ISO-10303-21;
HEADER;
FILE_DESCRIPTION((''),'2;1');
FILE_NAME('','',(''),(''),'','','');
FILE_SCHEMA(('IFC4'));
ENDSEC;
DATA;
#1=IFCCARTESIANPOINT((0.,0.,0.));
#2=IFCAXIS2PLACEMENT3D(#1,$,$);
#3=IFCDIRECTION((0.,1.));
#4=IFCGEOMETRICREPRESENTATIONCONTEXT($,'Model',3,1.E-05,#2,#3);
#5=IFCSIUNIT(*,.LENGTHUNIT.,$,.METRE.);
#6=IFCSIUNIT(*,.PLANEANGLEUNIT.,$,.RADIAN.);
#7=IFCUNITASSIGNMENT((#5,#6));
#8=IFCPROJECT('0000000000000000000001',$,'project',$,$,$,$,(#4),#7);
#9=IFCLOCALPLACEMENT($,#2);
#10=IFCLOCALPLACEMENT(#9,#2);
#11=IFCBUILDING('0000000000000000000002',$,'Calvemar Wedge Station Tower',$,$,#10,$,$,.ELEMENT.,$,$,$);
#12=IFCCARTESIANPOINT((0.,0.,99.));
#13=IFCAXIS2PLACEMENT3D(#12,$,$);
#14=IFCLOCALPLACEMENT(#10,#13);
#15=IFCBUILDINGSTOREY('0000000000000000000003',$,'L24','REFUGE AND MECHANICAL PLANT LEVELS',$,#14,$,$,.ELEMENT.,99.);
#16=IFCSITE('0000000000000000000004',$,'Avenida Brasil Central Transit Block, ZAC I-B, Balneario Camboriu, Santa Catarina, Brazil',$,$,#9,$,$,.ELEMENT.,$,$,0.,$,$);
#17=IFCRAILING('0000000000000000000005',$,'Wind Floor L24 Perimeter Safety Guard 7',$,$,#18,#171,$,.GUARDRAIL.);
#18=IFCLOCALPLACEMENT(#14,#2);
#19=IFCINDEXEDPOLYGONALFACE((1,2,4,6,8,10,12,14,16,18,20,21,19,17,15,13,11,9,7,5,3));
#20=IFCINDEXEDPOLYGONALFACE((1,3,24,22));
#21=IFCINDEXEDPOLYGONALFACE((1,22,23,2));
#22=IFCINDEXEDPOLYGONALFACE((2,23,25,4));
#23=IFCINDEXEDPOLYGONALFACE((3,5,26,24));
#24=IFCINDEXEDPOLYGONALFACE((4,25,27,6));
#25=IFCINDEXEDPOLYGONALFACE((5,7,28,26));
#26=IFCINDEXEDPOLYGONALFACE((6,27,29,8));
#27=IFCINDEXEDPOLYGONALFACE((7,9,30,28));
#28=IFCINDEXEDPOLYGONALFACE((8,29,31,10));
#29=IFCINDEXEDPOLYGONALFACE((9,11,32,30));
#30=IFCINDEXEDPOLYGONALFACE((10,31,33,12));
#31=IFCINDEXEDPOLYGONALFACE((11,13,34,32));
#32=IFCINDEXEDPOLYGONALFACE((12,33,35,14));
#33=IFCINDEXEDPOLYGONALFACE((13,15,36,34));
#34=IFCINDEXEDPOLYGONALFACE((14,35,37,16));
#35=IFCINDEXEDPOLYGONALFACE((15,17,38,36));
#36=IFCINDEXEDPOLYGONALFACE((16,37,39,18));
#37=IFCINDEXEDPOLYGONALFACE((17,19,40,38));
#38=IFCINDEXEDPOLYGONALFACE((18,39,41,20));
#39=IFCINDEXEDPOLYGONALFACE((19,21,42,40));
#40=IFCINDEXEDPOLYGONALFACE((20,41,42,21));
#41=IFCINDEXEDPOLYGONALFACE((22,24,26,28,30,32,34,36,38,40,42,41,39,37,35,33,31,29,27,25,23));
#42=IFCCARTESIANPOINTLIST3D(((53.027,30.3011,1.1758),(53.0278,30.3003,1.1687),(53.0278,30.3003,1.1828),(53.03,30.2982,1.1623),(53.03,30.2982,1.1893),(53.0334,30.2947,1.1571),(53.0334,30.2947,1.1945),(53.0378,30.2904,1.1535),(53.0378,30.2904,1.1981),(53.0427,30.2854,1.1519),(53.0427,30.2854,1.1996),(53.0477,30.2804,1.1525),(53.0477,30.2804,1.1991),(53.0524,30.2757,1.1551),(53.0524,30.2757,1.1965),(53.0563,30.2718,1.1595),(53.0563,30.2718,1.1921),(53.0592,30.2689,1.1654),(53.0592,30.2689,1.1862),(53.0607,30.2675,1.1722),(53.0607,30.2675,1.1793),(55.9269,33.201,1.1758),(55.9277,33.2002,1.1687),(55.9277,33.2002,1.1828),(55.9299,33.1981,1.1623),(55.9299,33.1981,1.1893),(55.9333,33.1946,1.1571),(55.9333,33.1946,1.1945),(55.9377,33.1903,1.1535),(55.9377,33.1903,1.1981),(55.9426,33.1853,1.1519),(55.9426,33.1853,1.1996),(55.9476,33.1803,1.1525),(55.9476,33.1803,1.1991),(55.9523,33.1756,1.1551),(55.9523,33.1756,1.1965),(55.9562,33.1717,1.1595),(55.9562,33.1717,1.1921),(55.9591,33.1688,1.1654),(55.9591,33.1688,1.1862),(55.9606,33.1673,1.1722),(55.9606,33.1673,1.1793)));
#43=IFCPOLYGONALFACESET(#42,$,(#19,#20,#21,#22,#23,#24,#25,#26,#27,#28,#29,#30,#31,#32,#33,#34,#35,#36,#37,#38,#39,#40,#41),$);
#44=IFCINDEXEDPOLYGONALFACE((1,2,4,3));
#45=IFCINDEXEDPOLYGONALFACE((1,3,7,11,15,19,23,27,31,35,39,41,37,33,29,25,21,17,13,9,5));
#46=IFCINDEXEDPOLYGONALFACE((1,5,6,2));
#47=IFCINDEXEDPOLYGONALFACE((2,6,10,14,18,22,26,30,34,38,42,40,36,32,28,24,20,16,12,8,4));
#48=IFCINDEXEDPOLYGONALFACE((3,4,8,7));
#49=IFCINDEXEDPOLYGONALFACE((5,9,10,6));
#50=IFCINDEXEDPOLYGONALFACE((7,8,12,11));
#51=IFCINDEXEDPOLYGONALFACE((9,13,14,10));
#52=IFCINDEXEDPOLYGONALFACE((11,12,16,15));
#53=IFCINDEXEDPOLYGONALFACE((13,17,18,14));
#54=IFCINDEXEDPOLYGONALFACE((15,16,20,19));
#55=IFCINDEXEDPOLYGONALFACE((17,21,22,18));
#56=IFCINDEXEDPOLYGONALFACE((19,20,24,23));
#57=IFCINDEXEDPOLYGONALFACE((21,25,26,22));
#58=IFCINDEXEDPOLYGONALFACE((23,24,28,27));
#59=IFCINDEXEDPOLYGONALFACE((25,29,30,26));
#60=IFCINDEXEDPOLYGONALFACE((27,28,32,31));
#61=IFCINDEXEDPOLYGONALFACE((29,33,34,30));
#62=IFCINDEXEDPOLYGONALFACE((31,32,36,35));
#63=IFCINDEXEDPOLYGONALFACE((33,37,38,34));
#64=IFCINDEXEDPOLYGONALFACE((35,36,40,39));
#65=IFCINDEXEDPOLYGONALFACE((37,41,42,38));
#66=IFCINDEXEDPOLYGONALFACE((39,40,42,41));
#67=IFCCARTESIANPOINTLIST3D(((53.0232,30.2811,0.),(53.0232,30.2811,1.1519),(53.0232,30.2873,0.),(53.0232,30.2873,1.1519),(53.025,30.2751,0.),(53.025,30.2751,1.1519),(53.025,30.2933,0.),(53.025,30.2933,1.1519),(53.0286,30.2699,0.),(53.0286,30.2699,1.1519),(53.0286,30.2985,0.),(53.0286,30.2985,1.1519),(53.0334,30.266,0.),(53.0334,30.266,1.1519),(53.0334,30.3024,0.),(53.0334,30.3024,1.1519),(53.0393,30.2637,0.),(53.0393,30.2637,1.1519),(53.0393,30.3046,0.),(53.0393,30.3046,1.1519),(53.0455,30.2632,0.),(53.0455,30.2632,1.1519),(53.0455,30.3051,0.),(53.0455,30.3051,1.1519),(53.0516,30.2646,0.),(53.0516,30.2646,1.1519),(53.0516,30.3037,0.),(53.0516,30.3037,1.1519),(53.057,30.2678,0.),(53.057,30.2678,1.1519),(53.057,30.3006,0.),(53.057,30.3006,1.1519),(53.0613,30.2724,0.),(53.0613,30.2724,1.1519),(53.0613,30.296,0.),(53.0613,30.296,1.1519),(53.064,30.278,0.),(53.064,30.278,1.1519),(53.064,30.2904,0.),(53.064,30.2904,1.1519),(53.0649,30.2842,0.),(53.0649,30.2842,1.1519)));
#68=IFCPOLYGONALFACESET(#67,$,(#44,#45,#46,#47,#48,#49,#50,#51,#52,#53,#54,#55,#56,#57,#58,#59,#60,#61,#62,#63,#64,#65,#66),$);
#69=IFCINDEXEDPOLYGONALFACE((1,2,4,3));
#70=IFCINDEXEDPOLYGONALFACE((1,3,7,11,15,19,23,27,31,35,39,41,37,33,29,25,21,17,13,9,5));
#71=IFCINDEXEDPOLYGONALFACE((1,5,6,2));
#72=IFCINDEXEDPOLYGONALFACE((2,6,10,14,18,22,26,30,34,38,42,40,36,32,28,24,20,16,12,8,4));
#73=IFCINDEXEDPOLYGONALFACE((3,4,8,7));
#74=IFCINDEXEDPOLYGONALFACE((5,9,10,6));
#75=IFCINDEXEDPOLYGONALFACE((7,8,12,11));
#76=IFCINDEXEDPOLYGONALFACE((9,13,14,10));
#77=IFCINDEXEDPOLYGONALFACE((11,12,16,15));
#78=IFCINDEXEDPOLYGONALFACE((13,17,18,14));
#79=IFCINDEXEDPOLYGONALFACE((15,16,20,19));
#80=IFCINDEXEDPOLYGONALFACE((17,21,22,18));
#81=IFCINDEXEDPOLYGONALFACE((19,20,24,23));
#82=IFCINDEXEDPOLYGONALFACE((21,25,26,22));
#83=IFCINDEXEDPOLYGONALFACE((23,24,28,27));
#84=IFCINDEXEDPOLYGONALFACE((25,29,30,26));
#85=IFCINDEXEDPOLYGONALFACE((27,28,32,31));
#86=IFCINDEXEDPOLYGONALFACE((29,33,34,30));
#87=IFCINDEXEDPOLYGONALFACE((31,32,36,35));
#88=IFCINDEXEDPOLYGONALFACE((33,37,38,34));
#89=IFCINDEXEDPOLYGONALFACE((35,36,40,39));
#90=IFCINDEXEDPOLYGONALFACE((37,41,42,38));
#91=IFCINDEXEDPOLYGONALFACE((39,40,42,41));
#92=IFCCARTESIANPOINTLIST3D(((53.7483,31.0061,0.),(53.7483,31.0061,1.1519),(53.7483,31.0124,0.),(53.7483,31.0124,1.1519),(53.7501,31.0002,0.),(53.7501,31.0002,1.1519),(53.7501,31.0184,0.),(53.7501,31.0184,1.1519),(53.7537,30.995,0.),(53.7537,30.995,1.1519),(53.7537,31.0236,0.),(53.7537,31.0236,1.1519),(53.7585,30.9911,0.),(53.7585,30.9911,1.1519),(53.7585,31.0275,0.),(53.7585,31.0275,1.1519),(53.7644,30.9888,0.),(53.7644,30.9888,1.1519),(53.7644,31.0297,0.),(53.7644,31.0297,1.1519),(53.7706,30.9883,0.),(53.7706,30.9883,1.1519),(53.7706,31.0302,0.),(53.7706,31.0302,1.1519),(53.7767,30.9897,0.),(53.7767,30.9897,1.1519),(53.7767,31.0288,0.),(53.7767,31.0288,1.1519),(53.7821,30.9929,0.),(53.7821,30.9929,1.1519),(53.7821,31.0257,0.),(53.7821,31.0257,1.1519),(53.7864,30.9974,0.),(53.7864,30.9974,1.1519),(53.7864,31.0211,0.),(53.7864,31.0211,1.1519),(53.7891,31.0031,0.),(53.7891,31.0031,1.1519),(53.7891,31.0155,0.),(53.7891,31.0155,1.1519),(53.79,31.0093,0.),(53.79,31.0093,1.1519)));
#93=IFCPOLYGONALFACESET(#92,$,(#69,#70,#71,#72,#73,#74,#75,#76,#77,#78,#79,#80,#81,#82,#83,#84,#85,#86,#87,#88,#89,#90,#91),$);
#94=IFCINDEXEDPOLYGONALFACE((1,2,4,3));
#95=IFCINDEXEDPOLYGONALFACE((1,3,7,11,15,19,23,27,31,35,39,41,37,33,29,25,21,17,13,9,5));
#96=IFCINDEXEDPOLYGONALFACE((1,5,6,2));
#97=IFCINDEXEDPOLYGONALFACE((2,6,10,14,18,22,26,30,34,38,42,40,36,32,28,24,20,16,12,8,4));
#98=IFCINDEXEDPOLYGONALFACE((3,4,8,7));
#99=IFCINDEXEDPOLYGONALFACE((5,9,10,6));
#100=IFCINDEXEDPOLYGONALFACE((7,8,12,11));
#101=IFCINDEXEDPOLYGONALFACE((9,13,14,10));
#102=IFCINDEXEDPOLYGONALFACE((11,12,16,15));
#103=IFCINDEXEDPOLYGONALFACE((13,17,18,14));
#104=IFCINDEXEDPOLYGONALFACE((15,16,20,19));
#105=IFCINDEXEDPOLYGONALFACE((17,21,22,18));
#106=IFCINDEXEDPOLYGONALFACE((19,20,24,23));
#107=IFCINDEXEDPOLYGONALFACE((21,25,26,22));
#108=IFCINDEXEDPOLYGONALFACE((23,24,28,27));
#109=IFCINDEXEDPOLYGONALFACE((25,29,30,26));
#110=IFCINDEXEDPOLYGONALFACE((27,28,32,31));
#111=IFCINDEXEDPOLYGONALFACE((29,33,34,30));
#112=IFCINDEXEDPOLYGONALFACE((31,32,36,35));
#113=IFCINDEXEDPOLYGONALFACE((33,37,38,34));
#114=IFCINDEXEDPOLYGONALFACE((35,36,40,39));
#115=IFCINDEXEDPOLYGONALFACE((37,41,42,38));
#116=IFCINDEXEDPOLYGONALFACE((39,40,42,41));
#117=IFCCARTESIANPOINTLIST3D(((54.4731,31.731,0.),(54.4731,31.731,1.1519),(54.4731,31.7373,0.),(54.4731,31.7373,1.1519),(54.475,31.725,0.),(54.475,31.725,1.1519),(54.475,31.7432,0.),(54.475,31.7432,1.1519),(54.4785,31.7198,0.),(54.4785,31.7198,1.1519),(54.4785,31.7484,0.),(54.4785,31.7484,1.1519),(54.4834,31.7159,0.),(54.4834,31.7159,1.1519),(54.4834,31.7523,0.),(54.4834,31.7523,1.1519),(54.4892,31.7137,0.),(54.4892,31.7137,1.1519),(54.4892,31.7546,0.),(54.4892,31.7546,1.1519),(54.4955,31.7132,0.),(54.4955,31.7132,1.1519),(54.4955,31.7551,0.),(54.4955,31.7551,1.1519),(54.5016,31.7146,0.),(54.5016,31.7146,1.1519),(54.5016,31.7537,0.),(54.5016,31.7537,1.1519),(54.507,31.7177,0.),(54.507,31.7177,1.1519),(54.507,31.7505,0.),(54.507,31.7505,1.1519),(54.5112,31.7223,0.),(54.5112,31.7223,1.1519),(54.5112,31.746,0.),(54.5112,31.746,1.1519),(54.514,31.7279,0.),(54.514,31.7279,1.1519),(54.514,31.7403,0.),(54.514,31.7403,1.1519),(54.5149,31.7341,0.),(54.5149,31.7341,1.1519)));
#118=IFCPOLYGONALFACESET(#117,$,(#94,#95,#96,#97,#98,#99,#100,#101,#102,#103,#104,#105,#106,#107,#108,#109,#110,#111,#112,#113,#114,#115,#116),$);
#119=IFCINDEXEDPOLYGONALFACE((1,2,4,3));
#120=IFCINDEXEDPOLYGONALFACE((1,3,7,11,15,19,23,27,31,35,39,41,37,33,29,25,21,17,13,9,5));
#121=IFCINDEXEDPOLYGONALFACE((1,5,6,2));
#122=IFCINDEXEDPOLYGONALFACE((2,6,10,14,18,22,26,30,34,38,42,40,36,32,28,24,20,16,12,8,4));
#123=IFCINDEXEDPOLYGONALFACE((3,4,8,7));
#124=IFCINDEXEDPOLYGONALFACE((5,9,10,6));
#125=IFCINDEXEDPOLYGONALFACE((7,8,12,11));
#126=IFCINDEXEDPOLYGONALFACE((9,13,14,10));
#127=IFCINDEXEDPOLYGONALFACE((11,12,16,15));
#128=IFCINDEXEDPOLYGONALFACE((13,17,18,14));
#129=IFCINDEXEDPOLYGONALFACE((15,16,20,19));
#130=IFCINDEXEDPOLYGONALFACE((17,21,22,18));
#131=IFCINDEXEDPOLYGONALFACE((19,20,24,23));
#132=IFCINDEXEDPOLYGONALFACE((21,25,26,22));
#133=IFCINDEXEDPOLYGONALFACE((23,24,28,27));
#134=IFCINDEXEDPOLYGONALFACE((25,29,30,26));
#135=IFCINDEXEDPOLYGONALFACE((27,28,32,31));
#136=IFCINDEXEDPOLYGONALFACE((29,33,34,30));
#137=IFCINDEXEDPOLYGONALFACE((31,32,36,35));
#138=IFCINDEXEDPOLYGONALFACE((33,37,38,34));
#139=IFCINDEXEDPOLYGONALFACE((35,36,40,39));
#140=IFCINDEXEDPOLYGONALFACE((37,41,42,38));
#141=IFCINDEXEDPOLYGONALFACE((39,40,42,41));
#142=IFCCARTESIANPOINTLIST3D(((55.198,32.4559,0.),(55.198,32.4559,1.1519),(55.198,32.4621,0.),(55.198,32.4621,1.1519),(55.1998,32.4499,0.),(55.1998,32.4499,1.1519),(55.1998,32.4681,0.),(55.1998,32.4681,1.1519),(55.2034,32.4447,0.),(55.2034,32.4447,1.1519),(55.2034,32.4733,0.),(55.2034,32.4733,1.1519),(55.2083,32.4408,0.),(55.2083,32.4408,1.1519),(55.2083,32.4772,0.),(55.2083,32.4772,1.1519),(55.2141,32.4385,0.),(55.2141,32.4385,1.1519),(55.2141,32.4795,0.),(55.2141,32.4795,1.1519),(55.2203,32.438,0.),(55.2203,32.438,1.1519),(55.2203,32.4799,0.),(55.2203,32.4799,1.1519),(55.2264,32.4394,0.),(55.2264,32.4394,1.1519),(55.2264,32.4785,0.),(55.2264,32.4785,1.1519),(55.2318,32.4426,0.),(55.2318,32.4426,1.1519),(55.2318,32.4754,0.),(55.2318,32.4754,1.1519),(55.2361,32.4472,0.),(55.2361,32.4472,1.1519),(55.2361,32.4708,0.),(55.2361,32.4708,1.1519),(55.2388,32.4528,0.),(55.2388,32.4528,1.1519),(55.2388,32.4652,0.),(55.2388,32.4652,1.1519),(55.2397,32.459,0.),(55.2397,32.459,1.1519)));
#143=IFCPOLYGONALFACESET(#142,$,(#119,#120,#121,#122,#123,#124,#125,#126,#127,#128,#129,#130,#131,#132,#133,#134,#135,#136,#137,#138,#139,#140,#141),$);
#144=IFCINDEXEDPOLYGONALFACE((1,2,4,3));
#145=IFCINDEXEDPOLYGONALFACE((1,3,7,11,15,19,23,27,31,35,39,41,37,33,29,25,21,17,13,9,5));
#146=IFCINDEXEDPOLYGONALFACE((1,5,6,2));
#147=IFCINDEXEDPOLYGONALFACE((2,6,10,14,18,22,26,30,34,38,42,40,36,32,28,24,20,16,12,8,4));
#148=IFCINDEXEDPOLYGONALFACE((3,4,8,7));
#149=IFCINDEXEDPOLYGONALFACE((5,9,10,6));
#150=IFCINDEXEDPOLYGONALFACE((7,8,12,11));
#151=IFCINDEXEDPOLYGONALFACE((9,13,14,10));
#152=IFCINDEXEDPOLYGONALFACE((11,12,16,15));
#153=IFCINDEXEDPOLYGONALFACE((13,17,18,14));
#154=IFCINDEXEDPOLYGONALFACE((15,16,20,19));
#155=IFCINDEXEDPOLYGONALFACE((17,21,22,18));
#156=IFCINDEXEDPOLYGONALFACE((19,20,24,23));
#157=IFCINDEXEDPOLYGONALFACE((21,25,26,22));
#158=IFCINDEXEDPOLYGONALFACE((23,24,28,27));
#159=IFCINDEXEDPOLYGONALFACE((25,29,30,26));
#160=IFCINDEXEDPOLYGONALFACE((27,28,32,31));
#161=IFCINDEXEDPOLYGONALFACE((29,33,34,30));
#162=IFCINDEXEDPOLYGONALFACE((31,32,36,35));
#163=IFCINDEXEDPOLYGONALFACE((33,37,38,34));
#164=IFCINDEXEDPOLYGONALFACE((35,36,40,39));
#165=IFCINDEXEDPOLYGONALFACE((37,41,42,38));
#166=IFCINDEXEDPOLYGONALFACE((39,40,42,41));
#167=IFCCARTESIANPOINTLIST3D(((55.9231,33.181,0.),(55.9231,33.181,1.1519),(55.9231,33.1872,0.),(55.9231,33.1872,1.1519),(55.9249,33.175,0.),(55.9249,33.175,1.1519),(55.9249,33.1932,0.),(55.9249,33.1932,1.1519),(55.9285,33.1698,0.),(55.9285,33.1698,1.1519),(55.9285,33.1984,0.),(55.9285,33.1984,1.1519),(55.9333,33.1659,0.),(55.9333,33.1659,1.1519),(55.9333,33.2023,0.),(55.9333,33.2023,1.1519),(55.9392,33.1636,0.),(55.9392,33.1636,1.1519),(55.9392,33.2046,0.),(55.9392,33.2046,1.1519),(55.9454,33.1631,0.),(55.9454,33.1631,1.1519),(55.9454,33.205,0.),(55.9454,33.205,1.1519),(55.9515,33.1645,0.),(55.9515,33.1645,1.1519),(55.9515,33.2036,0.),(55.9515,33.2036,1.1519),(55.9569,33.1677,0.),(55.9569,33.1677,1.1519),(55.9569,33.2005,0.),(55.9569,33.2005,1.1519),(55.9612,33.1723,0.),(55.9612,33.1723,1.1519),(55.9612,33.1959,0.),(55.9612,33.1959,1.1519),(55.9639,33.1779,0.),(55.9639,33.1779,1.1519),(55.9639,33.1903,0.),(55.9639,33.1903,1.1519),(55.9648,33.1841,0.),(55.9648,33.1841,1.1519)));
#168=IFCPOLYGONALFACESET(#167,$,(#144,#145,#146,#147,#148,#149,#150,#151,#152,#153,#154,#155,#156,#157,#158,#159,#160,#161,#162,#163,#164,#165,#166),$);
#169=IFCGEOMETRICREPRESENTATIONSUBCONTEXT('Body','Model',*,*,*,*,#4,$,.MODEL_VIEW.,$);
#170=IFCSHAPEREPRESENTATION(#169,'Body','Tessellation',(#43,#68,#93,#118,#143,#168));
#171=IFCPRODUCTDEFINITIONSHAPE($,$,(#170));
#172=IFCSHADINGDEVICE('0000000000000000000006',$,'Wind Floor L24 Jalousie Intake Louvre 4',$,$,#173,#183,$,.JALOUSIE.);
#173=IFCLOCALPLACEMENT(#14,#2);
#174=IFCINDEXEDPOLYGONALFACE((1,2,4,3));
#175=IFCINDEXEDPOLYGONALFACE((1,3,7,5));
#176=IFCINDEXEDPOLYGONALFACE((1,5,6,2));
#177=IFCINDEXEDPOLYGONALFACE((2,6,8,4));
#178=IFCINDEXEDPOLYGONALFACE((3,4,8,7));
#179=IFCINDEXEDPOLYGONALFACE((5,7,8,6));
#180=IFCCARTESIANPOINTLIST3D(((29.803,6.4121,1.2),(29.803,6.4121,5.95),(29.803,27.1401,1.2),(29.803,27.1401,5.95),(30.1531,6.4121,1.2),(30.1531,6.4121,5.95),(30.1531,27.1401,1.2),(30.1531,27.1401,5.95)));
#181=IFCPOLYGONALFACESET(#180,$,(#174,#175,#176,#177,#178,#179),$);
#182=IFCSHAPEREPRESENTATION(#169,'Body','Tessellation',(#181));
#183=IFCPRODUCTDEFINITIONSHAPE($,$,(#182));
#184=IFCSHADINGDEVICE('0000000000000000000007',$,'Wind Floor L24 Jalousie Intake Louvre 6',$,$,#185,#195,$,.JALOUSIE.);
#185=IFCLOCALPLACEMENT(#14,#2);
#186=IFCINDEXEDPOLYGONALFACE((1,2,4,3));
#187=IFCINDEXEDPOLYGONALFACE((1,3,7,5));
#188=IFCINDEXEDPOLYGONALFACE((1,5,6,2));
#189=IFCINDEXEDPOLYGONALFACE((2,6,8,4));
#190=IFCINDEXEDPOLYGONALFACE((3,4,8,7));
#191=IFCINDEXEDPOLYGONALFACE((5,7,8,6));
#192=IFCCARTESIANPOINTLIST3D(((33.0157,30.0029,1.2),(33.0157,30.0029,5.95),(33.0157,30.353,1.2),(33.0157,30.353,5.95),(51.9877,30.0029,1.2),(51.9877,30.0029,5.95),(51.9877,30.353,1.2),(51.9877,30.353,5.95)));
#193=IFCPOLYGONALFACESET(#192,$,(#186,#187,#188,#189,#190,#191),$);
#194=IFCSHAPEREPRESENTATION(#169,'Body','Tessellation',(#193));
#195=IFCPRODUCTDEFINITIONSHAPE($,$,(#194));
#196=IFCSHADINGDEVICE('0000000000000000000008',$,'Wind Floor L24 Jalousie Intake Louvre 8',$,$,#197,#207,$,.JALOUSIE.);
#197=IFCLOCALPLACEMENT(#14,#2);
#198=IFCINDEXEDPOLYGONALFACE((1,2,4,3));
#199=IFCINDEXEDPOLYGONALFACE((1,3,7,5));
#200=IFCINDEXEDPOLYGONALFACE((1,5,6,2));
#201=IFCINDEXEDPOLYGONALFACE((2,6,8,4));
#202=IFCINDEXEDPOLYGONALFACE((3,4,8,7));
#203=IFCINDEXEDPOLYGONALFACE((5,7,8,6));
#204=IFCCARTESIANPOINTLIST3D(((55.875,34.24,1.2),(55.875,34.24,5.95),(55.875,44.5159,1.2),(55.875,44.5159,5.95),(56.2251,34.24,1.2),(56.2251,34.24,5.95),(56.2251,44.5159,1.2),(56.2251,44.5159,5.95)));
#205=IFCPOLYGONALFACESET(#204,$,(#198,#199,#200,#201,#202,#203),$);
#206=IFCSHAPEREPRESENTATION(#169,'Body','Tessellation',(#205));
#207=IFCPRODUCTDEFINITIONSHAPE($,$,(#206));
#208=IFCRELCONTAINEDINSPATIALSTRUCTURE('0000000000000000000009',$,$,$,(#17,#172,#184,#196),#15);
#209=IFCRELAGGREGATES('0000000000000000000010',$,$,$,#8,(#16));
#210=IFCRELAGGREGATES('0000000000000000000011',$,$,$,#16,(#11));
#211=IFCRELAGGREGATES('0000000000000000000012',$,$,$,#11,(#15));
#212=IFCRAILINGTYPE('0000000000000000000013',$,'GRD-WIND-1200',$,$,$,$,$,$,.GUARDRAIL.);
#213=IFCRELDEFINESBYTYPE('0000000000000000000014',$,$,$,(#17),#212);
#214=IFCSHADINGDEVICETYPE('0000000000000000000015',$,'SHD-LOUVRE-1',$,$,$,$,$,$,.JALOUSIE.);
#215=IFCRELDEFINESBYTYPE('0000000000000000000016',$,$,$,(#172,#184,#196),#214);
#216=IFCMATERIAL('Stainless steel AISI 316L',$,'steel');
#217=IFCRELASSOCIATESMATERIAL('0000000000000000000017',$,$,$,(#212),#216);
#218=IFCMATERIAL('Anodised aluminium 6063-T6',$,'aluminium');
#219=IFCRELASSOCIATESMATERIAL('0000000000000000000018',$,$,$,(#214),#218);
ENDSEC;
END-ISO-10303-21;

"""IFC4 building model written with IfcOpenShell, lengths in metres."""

from ifc_helpers import new_model, si_unit, direction, frame, frame_2d, origin, origin_2d, place, context, subcontext, project, spatial, rectangle, circle, extrude, material, type_object, element, save


model = new_model("IFC4")

# Units and contexts
model_context = context("Model", 3, precision=1e-05, world=origin(), true_north=direction((0.0, 1.0)))
body_context = subcontext(model_context, "Body", "Model", "MODEL_VIEW")
ifc_project = project(units=[si_unit("LENGTHUNIT", "METRE"), si_unit("PLANEANGLEUNIT", "RADIAN")], contexts=[model_context])

# Site, building, storey
site_placement = place(None, origin())
site = spatial("IfcSite", under=ifc_project, at=site_placement, Name="Avenida Brasil Central Transit Block, ZAC I-B, Balneario Camboriu, Santa Catarina, Brazil", CompositionType="ELEMENT", RefElevation=0.0)
building_placement = place(site_placement, origin())
building = spatial("IfcBuilding", under=site, at=building_placement, Name="Calvemar Wedge Station Tower", CompositionType="ELEMENT")
storey_placement = place(building_placement, frame((0.0, 0.0, 99.0)))
storey = spatial("IfcBuildingStorey", under=building, at=storey_placement, Name="L24", Description="REFUGE AND MECHANICAL PLANT LEVELS", CompositionType="ELEMENT", Elevation=99.0)

# Railing
ifc_material_1 = material(Name="Stainless steel AISI 316L", Category="steel")
railing_type = type_object("IfcRailingType", Name="GRD-WIND-1200", PredefinedType="GUARDRAIL", material=ifc_material_1)
railing_1_placement = place(storey_placement, frame((53.0439, 30.2842, 0.0)))
element("IfcRailing", 1, at=railing_1_placement, inside=storey, type_object=railing_type, Name="Wind Floor L24 Perimeter Safety Guard 7", PredefinedType="GUARDRAIL", context=body_context, shape_type="SweptSolid", body=[
    extrude(circle(Radius=0.0239, at=origin_2d()), frame((0.0, 0.0, 1.1758), z_axis=(0.707107, 0.707107, 0.0), x_axis=(-0.707107, 0.707107, 0.0)), (0.0, 0.0, 1.0), 4.1011),
    extrude(circle(Radius=0.021, at=origin_2d()), origin(), (0.0, 0.0, 1.0), 1.1519),
    extrude(circle(Radius=0.021, at=origin_2d()), frame((0.7251, 0.7251, 0.0)), (0.0, 0.0, 1.0), 1.1519),
    extrude(circle(Radius=0.021, at=origin_2d()), frame((1.45, 1.45, 0.0)), (0.0, 0.0, 1.0), 1.1519),
    extrude(circle(Radius=0.021, at=origin_2d()), frame((2.1748, 2.1748, 0.0)), (0.0, 0.0, 1.0), 1.1519),
    extrude(circle(Radius=0.021, at=origin_2d()), frame((2.8999, 2.8999, 0.0)), (0.0, 0.0, 1.0), 1.1519),
])

# Shading devices
ifc_material_2 = material(Name="Anodised aluminium 6063-T6", Category="aluminium")
shading_device_type = type_object("IfcShadingDeviceType", Name="SHD-LOUVRE-1", PredefinedType="JALOUSIE", material=ifc_material_2)
shading_device_1_placement = place(storey_placement, frame((29.978, 6.4121, 1.2), z_axis=(0.0, 0.0, 1.0), x_axis=(0.0, 1.0, 0.0)))
element("IfcShadingDevice", 2, at=shading_device_1_placement, inside=storey, type_object=shading_device_type, Name="Wind Floor L24 Jalousie Intake Louvre 4", PredefinedType="JALOUSIE", context=body_context, shape_type="SweptSolid", body=[
    extrude(rectangle(XDim=20.728, YDim=0.3501, at=frame_2d((10.364, 0.0))), origin(), (0.0, 0.0, 1.0), 4.75),
])
shading_device_2_placement = place(storey_placement, frame((33.0159, 30.178, 1.2), z_axis=(0.0, 0.0, 1.0), x_axis=(1.0, 0.0, 0.0)))
element("IfcShadingDevice", 3, at=shading_device_2_placement, inside=storey, type_object=shading_device_type, Name="Wind Floor L24 Jalousie Intake Louvre 6", PredefinedType="JALOUSIE", context=body_context, shape_type="SweptSolid", body=[
    extrude(rectangle(XDim=18.9719, YDim=0.3501, at=frame_2d((9.4858, 0.0))), origin(), (0.0, 0.0, 1.0), 4.75),
])
shading_device_3_placement = place(storey_placement, frame((56.05, 34.24, 1.2), z_axis=(0.0, 0.0, 1.0), x_axis=(0.0, 1.0, 0.0)))
element("IfcShadingDevice", 4, at=shading_device_3_placement, inside=storey, type_object=shading_device_type, Name="Wind Floor L24 Jalousie Intake Louvre 8", PredefinedType="JALOUSIE", context=body_context, shape_type="SweptSolid", body=[
    extrude(rectangle(XDim=10.2759, YDim=0.3501, at=frame_2d((5.1379, 0.0))), origin(), (0.0, 0.0, 1.0), 4.75),
])

save(model, "model.ifc")
